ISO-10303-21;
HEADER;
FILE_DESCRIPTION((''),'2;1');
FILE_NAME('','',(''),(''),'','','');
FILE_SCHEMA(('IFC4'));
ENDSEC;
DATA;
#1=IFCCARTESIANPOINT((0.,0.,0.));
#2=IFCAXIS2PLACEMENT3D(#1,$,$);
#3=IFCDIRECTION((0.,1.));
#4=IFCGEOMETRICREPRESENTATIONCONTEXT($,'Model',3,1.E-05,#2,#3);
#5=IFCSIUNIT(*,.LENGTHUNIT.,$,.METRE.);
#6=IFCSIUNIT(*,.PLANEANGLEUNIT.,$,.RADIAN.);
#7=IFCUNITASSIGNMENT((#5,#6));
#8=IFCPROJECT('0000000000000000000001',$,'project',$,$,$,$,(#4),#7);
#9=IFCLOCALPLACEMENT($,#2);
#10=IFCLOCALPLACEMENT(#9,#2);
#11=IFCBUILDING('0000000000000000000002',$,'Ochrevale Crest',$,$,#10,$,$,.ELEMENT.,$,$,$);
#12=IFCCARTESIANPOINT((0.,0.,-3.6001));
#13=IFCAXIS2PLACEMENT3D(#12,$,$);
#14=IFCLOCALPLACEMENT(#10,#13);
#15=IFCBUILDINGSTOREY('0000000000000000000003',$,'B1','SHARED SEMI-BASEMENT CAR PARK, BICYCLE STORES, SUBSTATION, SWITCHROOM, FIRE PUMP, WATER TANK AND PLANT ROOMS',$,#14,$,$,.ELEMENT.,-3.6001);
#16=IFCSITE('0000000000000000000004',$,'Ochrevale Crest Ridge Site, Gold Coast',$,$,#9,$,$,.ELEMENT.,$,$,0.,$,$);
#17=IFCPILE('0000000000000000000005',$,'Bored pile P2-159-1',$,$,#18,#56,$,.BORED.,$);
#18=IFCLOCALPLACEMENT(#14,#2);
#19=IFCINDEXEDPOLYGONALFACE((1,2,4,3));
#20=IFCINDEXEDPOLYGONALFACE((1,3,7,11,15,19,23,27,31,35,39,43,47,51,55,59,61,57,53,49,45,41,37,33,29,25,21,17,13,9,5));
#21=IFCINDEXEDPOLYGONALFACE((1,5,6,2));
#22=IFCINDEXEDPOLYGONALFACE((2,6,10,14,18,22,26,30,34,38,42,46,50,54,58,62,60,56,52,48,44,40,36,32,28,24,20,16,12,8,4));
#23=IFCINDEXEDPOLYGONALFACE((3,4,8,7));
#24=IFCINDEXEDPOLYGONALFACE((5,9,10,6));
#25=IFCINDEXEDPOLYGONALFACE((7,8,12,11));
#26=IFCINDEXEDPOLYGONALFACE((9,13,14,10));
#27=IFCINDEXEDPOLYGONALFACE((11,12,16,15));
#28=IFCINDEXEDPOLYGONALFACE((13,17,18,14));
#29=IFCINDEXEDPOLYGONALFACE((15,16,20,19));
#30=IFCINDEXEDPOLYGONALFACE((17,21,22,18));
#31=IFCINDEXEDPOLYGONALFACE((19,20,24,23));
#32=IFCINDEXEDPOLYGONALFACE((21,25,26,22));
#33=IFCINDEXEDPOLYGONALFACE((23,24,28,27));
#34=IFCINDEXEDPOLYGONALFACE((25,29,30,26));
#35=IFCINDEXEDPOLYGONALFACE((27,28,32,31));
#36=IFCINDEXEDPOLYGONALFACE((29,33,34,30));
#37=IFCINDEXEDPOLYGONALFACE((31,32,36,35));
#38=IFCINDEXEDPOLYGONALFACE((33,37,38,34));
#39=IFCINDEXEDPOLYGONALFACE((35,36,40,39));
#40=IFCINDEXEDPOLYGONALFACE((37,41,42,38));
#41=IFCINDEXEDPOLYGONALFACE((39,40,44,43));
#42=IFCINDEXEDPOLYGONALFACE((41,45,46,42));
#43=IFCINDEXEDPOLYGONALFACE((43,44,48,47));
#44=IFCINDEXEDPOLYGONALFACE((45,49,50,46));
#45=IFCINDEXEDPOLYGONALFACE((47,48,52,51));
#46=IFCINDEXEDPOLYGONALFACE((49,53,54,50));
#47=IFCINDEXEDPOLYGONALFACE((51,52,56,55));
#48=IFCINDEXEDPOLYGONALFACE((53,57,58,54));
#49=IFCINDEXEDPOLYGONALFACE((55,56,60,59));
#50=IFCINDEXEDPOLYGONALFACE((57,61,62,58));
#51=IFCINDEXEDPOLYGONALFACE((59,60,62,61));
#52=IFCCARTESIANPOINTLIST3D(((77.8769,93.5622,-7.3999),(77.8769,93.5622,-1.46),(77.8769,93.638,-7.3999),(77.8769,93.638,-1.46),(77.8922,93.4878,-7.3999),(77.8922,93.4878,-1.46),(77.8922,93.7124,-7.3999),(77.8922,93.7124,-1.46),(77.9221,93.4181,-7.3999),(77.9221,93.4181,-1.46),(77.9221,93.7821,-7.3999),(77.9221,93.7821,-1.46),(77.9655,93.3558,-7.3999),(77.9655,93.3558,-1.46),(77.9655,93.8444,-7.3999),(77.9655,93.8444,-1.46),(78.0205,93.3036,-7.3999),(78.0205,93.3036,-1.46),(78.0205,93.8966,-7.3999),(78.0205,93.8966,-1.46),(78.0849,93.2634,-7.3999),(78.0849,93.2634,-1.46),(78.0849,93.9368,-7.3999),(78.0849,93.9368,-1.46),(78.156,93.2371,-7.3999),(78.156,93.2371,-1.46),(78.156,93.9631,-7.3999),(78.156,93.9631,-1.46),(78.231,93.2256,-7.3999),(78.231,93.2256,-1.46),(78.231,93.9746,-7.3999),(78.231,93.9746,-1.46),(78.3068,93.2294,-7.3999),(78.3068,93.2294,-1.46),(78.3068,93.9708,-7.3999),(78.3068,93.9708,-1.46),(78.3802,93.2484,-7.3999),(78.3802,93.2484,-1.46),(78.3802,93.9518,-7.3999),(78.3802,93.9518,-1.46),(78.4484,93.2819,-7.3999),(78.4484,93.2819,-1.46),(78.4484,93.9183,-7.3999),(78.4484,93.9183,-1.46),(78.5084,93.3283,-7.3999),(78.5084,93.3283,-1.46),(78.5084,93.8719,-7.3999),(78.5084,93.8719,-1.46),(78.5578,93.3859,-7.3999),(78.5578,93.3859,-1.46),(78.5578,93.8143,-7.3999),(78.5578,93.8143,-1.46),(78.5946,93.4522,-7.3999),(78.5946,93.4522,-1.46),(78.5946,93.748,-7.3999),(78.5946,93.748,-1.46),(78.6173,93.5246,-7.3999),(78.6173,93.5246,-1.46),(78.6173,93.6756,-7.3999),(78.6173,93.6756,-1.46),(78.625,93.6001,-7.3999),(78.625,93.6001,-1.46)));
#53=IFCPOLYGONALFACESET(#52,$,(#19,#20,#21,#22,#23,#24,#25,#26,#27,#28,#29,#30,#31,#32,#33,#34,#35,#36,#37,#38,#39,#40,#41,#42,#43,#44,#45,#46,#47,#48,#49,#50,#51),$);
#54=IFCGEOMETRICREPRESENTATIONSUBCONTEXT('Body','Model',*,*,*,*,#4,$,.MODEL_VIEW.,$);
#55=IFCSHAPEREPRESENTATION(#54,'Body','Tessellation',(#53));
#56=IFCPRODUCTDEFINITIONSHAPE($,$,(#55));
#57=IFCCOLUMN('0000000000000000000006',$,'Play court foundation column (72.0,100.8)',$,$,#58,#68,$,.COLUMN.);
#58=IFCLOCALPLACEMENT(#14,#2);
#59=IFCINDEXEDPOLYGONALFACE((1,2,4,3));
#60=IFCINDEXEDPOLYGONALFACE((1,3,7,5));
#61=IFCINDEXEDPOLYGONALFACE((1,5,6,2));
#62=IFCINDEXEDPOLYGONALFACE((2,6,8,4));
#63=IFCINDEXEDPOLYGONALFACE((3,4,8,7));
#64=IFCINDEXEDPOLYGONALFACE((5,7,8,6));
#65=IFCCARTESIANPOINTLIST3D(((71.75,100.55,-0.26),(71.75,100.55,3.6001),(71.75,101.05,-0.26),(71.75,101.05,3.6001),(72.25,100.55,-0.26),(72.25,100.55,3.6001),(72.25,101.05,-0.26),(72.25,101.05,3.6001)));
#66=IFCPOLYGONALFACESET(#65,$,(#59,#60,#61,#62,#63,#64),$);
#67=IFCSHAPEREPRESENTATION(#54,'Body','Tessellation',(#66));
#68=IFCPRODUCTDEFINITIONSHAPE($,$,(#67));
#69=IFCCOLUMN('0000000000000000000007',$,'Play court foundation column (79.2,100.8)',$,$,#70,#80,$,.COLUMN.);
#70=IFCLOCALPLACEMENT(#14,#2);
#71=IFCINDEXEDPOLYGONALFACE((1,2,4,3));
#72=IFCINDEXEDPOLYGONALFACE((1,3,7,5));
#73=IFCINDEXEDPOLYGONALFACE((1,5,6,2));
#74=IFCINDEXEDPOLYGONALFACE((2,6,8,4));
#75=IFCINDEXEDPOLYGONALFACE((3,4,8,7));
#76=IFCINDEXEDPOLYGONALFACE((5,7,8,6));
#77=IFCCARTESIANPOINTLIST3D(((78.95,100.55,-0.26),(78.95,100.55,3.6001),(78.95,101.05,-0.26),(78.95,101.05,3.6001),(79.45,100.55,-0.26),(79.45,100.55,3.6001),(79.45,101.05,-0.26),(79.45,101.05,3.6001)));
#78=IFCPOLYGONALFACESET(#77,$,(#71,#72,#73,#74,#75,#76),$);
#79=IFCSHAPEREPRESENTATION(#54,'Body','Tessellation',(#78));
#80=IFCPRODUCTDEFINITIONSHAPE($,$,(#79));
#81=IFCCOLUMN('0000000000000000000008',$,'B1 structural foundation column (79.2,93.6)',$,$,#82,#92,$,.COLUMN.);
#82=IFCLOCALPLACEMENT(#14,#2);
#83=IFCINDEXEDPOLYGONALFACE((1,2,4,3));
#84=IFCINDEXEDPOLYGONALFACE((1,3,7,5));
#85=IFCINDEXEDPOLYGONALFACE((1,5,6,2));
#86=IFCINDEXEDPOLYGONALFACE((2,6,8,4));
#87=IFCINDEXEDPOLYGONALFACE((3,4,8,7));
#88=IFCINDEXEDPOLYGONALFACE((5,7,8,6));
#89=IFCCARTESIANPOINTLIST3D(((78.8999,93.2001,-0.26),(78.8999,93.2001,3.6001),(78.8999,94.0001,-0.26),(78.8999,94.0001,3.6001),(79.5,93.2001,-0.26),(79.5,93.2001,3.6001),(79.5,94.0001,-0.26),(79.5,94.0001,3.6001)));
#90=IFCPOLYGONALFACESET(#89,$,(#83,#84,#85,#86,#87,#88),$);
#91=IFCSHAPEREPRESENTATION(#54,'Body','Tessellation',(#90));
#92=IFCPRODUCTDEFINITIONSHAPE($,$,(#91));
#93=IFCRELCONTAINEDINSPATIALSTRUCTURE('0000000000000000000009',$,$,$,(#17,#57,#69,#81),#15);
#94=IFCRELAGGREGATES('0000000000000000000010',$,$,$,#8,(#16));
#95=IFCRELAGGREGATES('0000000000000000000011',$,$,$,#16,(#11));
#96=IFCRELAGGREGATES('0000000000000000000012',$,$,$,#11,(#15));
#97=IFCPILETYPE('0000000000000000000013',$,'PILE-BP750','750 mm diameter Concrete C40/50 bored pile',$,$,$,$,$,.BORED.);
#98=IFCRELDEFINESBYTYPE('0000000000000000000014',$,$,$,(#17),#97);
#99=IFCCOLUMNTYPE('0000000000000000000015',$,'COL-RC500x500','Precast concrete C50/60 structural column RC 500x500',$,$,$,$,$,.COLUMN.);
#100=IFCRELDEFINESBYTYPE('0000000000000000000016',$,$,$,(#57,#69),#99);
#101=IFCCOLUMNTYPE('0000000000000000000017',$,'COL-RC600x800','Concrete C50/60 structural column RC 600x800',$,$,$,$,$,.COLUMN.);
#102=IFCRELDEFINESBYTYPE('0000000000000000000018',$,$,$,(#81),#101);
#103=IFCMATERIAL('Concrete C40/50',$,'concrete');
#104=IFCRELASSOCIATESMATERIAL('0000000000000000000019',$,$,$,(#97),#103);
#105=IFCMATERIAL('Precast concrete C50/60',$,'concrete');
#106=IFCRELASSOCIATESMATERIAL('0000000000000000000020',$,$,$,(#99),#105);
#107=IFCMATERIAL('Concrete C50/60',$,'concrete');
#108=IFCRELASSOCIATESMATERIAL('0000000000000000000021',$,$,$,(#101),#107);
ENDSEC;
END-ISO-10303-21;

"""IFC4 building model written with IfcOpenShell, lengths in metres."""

from ifc_helpers import new_model, si_unit, direction, frame, origin, origin_2d, place, context, subcontext, project, spatial, rectangle, circle, extrude, material, material_profile, profile_set, type_object, element, save


model = new_model("IFC4")

# Units and contexts
model_context = context("Model", 3, precision=1e-05, world=origin(), true_north=direction((0.0, 1.0)))
body_context = subcontext(model_context, "Body", "Model", "MODEL_VIEW")
ifc_project = project(units=[si_unit("LENGTHUNIT", "METRE"), si_unit("PLANEANGLEUNIT", "RADIAN")], contexts=[model_context])

# Site, building, storey
site_placement = place(None, origin())
site = spatial("IfcSite", under=ifc_project, at=site_placement, Name="Ochrevale Crest Ridge Site, Gold Coast", CompositionType="ELEMENT", RefElevation=0.0)
building_placement = place(site_placement, origin())
building = spatial("IfcBuilding", under=site, at=building_placement, Name="Ochrevale Crest", CompositionType="ELEMENT")
storey_placement = place(building_placement, frame((0.0, 0.0, -3.6001)))
storey = spatial("IfcBuildingStorey", under=building, at=storey_placement, Name="B1", Description="SHARED SEMI-BASEMENT CAR PARK, BICYCLE STORES, SUBSTATION, SWITCHROOM, FIRE PUMP, WATER TANK AND PLANT ROOMS", CompositionType="ELEMENT", Elevation=-3.6001)

# Shared definitions
ifc_material_1 = material(Name="Concrete C40/50", Category="concrete")

# Pile
ifc_material_profile_1 = material_profile(ifc_material_1, circle(Radius=0.375, at=origin_2d()), Name="BORED PILE 750")
ifc_profile_set_1 = profile_set([ifc_material_profile_1], Name="Concrete C40/50")
pile_type_1 = type_object("IfcPileType", Name="PILE-BP750", Description="750 mm diameter Concrete C40/50 bored pile", PredefinedType="BORED", material=ifc_profile_set_1)
pile_placement = place(storey_placement, frame((78.25, 93.6001, -1.46), z_axis=(0.0, 0.0, -1.0), x_axis=(1.0, 0.0, 0.0)))
element("IfcPile", 1, at=pile_placement, inside=storey, type_object=pile_type_1, Name="Bored pile P2-159-1", PredefinedType="BORED", context=body_context, shape_type="SweptSolid", body=[
    extrude(circle(Radius=0.375, at=origin_2d()), origin(), (0.0, 0.0, 1.0), 5.9399),
])

# Columns
ifc_material_2 = material(Name="Precast concrete C50/60", Category="concrete")
ifc_material_profile_2 = material_profile(ifc_material_2, rectangle(XDim=0.5, YDim=0.5, at=origin_2d()), Name="RC 500x500")
ifc_profile_set_2 = profile_set([ifc_material_profile_2], Name="Precast concrete C50/60")
column_type_1 = type_object("IfcColumnType", Name="COL-RC500x500", Description="Precast concrete C50/60 structural column RC 500x500", PredefinedType="COLUMN", material=ifc_profile_set_2)
for number, where, z_axis, x_axis, name in (
    (2, (72.0, 100.8, -0.26), (0.0, 0.0, 1.0), (1.0, 0.0, 0.0), "Play court foundation column (72.0,100.8)"),
    (3, (79.2, 100.8, -0.26), (0.0, 0.0, 1.0), (1.0, 0.0, 0.0), "Play court foundation column (79.2,100.8)"),
):
    element("IfcColumn", number, at=place(storey_placement, frame(where, z_axis=z_axis, x_axis=x_axis)), inside=storey, type_object=column_type_1, Name=name, PredefinedType="COLUMN", context=body_context, shape_type="SweptSolid", body=[
        extrude(rectangle(XDim=0.5, YDim=0.5, at=origin_2d()), origin(), (0.0, 0.0, 1.0), 3.8601),
    ])
ifc_material_3 = material(Name="Concrete C50/60", Category="concrete")
ifc_material_profile_3 = material_profile(ifc_material_3, rectangle(XDim=0.6001, YDim=0.8, at=origin_2d()), Name="RC 600x800")
ifc_profile_set_3 = profile_set([ifc_material_profile_3], Name="Concrete C50/60")
column_type_2 = type_object("IfcColumnType", Name="COL-RC600x800", Description="Concrete C50/60 structural column RC 600x800", PredefinedType="COLUMN", material=ifc_profile_set_3)
column_placement = place(storey_placement, frame((79.2, 93.6001, -0.26), z_axis=(0.0, 0.0, 1.0), x_axis=(1.0, 0.0, 0.0)))
element("IfcColumn", 4, at=column_placement, inside=storey, type_object=column_type_2, Name="B1 structural foundation column (79.2,93.6)", PredefinedType="COLUMN", context=body_context, shape_type="SweptSolid", body=[
    extrude(rectangle(XDim=0.6001, YDim=0.8, at=origin_2d()), origin(), (0.0, 0.0, 1.0), 3.8601),
])

save(model, "model.ifc")
